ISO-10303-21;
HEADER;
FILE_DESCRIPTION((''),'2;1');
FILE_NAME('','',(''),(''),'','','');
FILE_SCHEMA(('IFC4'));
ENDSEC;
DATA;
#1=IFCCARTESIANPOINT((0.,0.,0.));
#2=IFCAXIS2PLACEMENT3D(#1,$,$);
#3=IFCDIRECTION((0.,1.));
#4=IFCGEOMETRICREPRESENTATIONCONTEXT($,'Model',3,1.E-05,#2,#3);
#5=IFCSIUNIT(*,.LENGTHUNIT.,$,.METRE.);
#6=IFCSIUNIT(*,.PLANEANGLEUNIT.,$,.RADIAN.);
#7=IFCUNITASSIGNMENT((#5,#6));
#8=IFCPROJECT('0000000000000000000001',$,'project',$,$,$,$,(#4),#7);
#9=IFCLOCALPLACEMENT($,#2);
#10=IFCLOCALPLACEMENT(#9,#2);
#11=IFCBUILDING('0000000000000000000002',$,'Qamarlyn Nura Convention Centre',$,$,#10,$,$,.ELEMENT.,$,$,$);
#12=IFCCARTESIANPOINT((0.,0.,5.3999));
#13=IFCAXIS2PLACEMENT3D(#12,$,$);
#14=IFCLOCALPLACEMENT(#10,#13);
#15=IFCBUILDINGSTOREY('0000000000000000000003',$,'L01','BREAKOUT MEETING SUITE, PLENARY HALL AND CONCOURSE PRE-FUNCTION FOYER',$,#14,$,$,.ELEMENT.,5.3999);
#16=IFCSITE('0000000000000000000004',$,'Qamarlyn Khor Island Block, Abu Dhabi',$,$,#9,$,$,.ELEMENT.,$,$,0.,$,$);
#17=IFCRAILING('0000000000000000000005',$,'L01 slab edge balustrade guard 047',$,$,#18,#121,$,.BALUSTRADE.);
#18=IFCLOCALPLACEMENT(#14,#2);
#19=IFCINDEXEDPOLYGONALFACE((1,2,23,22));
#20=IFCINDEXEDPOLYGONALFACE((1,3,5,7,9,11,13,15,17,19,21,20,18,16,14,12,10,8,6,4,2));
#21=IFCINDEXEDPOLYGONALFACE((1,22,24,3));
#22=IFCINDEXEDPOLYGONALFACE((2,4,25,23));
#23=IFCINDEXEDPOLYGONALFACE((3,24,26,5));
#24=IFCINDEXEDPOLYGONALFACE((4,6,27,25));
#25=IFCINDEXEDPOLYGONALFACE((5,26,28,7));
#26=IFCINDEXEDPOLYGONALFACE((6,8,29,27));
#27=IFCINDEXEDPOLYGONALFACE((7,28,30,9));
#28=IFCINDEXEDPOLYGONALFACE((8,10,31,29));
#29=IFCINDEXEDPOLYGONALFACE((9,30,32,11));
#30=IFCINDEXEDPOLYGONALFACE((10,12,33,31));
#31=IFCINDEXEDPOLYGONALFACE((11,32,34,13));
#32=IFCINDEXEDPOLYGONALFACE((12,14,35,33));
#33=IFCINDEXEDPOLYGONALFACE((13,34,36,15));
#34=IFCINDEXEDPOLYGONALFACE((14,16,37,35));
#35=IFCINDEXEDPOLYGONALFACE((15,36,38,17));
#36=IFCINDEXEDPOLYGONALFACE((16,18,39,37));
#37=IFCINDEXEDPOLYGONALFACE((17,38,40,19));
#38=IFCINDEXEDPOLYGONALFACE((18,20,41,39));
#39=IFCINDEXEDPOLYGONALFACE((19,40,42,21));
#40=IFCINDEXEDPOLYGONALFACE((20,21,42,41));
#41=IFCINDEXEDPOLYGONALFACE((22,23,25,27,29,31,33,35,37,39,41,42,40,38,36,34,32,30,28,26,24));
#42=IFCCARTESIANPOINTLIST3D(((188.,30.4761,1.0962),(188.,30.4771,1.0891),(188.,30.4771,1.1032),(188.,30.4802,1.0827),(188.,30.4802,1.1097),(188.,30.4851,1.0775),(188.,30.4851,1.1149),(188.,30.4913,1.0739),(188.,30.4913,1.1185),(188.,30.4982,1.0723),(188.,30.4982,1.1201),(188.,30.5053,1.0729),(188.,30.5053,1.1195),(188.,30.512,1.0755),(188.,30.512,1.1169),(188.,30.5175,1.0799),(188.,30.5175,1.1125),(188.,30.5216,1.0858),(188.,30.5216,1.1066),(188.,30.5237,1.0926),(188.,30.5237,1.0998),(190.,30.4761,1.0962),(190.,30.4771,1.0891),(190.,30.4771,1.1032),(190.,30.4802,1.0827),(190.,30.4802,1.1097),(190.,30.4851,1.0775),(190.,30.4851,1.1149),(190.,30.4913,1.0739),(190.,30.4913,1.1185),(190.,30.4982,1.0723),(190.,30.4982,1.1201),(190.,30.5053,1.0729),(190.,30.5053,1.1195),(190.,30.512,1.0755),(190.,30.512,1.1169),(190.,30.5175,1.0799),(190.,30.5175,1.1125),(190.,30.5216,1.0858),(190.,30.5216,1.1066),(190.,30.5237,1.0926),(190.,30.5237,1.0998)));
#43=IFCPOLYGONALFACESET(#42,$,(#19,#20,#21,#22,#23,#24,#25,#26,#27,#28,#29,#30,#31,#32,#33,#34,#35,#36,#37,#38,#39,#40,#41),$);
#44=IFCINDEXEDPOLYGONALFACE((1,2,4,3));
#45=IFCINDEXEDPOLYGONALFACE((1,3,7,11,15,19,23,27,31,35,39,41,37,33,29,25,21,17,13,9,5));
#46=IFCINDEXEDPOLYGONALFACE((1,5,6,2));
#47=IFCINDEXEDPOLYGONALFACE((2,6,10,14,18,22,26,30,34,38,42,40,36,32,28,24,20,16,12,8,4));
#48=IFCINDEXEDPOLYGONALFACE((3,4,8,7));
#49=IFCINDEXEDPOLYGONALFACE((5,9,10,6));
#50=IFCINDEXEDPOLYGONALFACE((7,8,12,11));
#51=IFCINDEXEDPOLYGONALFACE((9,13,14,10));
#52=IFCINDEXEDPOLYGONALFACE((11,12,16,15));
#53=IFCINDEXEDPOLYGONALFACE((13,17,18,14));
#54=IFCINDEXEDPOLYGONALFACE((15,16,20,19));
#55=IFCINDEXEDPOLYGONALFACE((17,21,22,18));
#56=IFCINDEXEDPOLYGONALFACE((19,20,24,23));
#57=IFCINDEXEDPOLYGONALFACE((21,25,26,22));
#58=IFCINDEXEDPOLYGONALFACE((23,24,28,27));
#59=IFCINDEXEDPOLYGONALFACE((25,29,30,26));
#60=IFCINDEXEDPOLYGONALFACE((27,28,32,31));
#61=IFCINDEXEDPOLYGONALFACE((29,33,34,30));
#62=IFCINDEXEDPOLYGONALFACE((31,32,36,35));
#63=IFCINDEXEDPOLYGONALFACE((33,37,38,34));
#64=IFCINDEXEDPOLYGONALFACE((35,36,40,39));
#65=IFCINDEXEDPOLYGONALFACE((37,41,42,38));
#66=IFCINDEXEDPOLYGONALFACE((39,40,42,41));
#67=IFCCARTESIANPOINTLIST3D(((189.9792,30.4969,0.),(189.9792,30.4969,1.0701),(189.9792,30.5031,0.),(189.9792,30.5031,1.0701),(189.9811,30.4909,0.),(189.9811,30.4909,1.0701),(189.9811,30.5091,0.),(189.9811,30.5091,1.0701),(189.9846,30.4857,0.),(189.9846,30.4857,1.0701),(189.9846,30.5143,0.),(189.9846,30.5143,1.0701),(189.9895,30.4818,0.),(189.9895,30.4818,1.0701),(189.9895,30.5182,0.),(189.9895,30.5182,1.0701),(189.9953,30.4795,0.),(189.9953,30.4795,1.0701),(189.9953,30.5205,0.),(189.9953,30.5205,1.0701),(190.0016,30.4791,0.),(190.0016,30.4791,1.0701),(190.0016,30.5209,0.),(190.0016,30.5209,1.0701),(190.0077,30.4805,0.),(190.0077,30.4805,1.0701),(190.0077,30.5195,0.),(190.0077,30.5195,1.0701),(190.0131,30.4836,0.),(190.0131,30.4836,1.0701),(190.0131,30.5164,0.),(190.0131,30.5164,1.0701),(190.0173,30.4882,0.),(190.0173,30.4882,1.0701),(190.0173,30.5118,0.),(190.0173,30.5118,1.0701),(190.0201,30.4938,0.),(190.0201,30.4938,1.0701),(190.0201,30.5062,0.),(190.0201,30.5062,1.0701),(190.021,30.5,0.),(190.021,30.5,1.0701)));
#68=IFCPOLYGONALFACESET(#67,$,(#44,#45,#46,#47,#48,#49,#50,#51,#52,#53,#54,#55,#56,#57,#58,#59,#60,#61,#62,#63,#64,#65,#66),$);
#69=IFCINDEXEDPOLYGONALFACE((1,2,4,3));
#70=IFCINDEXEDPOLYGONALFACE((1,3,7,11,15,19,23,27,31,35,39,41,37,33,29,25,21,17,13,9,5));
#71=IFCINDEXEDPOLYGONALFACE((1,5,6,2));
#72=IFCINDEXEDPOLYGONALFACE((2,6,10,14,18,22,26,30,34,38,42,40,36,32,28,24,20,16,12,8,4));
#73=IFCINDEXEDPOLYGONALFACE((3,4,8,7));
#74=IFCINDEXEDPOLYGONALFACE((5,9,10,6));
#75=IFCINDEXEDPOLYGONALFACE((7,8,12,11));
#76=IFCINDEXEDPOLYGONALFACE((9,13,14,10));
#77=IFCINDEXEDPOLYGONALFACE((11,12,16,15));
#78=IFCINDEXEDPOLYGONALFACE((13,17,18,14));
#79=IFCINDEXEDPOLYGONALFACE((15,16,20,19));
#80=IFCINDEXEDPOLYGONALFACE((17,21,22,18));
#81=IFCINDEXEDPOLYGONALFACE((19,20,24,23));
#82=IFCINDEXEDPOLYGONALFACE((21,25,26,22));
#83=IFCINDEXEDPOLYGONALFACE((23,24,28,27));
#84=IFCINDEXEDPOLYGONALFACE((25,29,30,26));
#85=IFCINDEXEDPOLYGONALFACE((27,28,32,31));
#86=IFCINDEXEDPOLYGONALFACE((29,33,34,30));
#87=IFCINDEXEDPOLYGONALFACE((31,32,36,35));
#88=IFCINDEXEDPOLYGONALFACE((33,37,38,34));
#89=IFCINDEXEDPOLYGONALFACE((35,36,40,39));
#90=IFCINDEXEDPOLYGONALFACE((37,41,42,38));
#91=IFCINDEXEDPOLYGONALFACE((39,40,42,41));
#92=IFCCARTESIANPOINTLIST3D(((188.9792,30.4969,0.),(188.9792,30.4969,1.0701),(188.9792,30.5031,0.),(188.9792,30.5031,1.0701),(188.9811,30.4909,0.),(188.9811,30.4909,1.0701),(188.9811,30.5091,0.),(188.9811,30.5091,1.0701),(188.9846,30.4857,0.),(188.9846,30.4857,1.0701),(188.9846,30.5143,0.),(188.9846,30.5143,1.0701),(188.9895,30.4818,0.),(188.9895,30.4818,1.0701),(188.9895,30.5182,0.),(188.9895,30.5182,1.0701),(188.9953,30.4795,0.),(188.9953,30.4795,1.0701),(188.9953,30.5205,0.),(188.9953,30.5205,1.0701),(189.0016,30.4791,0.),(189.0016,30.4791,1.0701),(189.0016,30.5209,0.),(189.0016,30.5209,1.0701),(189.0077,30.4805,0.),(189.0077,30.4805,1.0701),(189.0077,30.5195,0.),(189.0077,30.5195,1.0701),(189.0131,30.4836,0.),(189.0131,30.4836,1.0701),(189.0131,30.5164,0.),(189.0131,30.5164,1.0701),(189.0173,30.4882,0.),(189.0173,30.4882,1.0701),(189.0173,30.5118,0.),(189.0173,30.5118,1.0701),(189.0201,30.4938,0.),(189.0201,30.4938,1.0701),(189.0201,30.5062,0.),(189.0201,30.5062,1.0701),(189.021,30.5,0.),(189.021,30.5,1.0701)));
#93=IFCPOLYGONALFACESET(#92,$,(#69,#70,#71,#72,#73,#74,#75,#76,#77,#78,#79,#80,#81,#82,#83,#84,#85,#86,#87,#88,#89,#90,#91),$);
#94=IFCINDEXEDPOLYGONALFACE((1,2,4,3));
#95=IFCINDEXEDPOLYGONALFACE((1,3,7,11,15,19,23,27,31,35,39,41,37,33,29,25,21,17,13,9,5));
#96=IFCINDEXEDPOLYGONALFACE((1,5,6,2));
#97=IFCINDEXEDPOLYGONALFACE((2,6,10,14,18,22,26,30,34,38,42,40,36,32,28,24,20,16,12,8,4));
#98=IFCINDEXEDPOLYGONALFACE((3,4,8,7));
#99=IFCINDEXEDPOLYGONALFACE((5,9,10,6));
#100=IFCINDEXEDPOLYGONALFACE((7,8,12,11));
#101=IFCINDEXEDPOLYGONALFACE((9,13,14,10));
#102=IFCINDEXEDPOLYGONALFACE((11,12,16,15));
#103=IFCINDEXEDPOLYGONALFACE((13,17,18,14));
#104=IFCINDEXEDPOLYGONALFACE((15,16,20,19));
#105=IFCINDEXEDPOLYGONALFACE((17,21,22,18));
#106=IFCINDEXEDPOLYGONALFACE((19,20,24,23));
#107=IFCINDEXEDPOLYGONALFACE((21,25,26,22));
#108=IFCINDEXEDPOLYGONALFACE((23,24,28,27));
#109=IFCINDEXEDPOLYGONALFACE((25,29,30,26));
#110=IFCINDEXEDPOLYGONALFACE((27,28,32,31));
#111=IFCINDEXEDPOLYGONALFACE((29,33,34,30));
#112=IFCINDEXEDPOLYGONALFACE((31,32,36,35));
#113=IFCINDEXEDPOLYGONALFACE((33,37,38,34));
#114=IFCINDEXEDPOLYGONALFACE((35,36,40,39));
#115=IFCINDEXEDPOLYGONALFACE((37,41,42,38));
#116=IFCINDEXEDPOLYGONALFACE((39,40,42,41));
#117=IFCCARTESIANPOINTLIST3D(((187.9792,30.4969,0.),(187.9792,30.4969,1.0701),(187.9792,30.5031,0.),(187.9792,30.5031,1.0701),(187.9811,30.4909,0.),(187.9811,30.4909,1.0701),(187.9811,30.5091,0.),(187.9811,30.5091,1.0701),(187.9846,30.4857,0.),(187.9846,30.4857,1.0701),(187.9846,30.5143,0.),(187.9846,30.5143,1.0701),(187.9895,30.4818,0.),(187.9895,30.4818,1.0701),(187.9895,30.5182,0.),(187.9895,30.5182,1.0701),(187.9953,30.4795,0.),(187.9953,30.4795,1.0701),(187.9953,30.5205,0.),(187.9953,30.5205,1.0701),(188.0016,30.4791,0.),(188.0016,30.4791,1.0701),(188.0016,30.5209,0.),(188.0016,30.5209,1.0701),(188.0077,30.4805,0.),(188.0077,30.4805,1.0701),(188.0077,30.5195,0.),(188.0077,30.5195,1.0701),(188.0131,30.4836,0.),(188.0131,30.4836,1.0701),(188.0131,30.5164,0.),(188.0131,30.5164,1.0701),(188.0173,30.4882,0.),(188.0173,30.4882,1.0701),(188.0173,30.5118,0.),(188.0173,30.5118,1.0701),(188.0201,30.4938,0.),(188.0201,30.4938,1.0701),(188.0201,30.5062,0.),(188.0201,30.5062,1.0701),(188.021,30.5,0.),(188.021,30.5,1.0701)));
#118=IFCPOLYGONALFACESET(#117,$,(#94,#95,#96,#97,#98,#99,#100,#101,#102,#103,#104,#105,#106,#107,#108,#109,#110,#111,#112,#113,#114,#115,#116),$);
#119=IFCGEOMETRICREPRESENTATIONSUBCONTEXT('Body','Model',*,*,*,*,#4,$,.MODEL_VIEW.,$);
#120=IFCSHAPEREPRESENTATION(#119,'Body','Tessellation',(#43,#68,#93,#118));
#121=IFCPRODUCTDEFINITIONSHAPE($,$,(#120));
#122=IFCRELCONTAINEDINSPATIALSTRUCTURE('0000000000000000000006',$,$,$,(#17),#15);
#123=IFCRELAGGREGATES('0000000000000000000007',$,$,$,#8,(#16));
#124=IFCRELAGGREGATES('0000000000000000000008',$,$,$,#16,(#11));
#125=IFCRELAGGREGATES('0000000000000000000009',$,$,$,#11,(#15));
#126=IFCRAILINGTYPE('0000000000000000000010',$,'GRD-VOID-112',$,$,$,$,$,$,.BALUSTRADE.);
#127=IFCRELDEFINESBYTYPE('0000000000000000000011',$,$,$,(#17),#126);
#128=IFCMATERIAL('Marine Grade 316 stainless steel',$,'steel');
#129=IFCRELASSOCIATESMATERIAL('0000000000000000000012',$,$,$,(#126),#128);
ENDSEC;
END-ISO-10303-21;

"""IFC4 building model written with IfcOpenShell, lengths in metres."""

from ifc_helpers import new_model, si_unit, direction, frame, origin, origin_2d, place, context, subcontext, project, spatial, circle, extrude, material, type_object, element, save


model = new_model("IFC4")

# Units and contexts
model_context = context("Model", 3, precision=1e-05, world=origin(), true_north=direction((0.0, 1.0)))
body_context = subcontext(model_context, "Body", "Model", "MODEL_VIEW")
ifc_project = project(units=[si_unit("LENGTHUNIT", "METRE"), si_unit("PLANEANGLEUNIT", "RADIAN")], contexts=[model_context])

# Site, building, storey
site_placement = place(None, origin())
site = spatial("IfcSite", under=ifc_project, at=site_placement, Name="Qamarlyn Khor Island Block, Abu Dhabi", CompositionType="ELEMENT", RefElevation=0.0)
building_placement = place(site_placement, origin())
building = spatial("IfcBuilding", under=site, at=building_placement, Name="Qamarlyn Nura Convention Centre", CompositionType="ELEMENT")
storey_placement = place(building_placement, frame((0.0, 0.0, 5.3999)))
storey = spatial("IfcBuildingStorey", under=building, at=storey_placement, Name="L01", Description="BREAKOUT MEETING SUITE, PLENARY HALL AND CONCOURSE PRE-FUNCTION FOYER", CompositionType="ELEMENT", Elevation=5.3999)

# Railing
ifc_material_1 = material(Name="Marine Grade 316 stainless steel", Category="steel")
railing_type = type_object("IfcRailingType", Name="GRD-VOID-112", PredefinedType="BALUSTRADE", material=ifc_material_1)
railing_1_placement = place(storey_placement, frame((190.0, 30.5, 0.0)))
element("IfcRailing", 1, at=railing_1_placement, inside=storey, type_object=railing_type, Name="L01 slab edge balustrade guard 047", PredefinedType="BALUSTRADE", context=body_context, shape_type="SweptSolid", body=[
    extrude(circle(Radius=0.0239, at=origin_2d()), frame((0.0, 0.0, 1.0962), z_axis=(-1.0, 0.0, 0.0), x_axis=(0.0, -1.0, 0.0)), (0.0, 0.0, 1.0), 2.0),
    extrude(circle(Radius=0.021, at=origin_2d()), origin(), (0.0, 0.0, 1.0), 1.0701),
    extrude(circle(Radius=0.021, at=origin_2d()), frame((-1.0, 0.0, 0.0)), (0.0, 0.0, 1.0), 1.0701),
    extrude(circle(Radius=0.021, at=origin_2d()), frame((-2.0, 0.0, 0.0)), (0.0, 0.0, 1.0), 1.0701),
])

save(model, "model.ifc")
